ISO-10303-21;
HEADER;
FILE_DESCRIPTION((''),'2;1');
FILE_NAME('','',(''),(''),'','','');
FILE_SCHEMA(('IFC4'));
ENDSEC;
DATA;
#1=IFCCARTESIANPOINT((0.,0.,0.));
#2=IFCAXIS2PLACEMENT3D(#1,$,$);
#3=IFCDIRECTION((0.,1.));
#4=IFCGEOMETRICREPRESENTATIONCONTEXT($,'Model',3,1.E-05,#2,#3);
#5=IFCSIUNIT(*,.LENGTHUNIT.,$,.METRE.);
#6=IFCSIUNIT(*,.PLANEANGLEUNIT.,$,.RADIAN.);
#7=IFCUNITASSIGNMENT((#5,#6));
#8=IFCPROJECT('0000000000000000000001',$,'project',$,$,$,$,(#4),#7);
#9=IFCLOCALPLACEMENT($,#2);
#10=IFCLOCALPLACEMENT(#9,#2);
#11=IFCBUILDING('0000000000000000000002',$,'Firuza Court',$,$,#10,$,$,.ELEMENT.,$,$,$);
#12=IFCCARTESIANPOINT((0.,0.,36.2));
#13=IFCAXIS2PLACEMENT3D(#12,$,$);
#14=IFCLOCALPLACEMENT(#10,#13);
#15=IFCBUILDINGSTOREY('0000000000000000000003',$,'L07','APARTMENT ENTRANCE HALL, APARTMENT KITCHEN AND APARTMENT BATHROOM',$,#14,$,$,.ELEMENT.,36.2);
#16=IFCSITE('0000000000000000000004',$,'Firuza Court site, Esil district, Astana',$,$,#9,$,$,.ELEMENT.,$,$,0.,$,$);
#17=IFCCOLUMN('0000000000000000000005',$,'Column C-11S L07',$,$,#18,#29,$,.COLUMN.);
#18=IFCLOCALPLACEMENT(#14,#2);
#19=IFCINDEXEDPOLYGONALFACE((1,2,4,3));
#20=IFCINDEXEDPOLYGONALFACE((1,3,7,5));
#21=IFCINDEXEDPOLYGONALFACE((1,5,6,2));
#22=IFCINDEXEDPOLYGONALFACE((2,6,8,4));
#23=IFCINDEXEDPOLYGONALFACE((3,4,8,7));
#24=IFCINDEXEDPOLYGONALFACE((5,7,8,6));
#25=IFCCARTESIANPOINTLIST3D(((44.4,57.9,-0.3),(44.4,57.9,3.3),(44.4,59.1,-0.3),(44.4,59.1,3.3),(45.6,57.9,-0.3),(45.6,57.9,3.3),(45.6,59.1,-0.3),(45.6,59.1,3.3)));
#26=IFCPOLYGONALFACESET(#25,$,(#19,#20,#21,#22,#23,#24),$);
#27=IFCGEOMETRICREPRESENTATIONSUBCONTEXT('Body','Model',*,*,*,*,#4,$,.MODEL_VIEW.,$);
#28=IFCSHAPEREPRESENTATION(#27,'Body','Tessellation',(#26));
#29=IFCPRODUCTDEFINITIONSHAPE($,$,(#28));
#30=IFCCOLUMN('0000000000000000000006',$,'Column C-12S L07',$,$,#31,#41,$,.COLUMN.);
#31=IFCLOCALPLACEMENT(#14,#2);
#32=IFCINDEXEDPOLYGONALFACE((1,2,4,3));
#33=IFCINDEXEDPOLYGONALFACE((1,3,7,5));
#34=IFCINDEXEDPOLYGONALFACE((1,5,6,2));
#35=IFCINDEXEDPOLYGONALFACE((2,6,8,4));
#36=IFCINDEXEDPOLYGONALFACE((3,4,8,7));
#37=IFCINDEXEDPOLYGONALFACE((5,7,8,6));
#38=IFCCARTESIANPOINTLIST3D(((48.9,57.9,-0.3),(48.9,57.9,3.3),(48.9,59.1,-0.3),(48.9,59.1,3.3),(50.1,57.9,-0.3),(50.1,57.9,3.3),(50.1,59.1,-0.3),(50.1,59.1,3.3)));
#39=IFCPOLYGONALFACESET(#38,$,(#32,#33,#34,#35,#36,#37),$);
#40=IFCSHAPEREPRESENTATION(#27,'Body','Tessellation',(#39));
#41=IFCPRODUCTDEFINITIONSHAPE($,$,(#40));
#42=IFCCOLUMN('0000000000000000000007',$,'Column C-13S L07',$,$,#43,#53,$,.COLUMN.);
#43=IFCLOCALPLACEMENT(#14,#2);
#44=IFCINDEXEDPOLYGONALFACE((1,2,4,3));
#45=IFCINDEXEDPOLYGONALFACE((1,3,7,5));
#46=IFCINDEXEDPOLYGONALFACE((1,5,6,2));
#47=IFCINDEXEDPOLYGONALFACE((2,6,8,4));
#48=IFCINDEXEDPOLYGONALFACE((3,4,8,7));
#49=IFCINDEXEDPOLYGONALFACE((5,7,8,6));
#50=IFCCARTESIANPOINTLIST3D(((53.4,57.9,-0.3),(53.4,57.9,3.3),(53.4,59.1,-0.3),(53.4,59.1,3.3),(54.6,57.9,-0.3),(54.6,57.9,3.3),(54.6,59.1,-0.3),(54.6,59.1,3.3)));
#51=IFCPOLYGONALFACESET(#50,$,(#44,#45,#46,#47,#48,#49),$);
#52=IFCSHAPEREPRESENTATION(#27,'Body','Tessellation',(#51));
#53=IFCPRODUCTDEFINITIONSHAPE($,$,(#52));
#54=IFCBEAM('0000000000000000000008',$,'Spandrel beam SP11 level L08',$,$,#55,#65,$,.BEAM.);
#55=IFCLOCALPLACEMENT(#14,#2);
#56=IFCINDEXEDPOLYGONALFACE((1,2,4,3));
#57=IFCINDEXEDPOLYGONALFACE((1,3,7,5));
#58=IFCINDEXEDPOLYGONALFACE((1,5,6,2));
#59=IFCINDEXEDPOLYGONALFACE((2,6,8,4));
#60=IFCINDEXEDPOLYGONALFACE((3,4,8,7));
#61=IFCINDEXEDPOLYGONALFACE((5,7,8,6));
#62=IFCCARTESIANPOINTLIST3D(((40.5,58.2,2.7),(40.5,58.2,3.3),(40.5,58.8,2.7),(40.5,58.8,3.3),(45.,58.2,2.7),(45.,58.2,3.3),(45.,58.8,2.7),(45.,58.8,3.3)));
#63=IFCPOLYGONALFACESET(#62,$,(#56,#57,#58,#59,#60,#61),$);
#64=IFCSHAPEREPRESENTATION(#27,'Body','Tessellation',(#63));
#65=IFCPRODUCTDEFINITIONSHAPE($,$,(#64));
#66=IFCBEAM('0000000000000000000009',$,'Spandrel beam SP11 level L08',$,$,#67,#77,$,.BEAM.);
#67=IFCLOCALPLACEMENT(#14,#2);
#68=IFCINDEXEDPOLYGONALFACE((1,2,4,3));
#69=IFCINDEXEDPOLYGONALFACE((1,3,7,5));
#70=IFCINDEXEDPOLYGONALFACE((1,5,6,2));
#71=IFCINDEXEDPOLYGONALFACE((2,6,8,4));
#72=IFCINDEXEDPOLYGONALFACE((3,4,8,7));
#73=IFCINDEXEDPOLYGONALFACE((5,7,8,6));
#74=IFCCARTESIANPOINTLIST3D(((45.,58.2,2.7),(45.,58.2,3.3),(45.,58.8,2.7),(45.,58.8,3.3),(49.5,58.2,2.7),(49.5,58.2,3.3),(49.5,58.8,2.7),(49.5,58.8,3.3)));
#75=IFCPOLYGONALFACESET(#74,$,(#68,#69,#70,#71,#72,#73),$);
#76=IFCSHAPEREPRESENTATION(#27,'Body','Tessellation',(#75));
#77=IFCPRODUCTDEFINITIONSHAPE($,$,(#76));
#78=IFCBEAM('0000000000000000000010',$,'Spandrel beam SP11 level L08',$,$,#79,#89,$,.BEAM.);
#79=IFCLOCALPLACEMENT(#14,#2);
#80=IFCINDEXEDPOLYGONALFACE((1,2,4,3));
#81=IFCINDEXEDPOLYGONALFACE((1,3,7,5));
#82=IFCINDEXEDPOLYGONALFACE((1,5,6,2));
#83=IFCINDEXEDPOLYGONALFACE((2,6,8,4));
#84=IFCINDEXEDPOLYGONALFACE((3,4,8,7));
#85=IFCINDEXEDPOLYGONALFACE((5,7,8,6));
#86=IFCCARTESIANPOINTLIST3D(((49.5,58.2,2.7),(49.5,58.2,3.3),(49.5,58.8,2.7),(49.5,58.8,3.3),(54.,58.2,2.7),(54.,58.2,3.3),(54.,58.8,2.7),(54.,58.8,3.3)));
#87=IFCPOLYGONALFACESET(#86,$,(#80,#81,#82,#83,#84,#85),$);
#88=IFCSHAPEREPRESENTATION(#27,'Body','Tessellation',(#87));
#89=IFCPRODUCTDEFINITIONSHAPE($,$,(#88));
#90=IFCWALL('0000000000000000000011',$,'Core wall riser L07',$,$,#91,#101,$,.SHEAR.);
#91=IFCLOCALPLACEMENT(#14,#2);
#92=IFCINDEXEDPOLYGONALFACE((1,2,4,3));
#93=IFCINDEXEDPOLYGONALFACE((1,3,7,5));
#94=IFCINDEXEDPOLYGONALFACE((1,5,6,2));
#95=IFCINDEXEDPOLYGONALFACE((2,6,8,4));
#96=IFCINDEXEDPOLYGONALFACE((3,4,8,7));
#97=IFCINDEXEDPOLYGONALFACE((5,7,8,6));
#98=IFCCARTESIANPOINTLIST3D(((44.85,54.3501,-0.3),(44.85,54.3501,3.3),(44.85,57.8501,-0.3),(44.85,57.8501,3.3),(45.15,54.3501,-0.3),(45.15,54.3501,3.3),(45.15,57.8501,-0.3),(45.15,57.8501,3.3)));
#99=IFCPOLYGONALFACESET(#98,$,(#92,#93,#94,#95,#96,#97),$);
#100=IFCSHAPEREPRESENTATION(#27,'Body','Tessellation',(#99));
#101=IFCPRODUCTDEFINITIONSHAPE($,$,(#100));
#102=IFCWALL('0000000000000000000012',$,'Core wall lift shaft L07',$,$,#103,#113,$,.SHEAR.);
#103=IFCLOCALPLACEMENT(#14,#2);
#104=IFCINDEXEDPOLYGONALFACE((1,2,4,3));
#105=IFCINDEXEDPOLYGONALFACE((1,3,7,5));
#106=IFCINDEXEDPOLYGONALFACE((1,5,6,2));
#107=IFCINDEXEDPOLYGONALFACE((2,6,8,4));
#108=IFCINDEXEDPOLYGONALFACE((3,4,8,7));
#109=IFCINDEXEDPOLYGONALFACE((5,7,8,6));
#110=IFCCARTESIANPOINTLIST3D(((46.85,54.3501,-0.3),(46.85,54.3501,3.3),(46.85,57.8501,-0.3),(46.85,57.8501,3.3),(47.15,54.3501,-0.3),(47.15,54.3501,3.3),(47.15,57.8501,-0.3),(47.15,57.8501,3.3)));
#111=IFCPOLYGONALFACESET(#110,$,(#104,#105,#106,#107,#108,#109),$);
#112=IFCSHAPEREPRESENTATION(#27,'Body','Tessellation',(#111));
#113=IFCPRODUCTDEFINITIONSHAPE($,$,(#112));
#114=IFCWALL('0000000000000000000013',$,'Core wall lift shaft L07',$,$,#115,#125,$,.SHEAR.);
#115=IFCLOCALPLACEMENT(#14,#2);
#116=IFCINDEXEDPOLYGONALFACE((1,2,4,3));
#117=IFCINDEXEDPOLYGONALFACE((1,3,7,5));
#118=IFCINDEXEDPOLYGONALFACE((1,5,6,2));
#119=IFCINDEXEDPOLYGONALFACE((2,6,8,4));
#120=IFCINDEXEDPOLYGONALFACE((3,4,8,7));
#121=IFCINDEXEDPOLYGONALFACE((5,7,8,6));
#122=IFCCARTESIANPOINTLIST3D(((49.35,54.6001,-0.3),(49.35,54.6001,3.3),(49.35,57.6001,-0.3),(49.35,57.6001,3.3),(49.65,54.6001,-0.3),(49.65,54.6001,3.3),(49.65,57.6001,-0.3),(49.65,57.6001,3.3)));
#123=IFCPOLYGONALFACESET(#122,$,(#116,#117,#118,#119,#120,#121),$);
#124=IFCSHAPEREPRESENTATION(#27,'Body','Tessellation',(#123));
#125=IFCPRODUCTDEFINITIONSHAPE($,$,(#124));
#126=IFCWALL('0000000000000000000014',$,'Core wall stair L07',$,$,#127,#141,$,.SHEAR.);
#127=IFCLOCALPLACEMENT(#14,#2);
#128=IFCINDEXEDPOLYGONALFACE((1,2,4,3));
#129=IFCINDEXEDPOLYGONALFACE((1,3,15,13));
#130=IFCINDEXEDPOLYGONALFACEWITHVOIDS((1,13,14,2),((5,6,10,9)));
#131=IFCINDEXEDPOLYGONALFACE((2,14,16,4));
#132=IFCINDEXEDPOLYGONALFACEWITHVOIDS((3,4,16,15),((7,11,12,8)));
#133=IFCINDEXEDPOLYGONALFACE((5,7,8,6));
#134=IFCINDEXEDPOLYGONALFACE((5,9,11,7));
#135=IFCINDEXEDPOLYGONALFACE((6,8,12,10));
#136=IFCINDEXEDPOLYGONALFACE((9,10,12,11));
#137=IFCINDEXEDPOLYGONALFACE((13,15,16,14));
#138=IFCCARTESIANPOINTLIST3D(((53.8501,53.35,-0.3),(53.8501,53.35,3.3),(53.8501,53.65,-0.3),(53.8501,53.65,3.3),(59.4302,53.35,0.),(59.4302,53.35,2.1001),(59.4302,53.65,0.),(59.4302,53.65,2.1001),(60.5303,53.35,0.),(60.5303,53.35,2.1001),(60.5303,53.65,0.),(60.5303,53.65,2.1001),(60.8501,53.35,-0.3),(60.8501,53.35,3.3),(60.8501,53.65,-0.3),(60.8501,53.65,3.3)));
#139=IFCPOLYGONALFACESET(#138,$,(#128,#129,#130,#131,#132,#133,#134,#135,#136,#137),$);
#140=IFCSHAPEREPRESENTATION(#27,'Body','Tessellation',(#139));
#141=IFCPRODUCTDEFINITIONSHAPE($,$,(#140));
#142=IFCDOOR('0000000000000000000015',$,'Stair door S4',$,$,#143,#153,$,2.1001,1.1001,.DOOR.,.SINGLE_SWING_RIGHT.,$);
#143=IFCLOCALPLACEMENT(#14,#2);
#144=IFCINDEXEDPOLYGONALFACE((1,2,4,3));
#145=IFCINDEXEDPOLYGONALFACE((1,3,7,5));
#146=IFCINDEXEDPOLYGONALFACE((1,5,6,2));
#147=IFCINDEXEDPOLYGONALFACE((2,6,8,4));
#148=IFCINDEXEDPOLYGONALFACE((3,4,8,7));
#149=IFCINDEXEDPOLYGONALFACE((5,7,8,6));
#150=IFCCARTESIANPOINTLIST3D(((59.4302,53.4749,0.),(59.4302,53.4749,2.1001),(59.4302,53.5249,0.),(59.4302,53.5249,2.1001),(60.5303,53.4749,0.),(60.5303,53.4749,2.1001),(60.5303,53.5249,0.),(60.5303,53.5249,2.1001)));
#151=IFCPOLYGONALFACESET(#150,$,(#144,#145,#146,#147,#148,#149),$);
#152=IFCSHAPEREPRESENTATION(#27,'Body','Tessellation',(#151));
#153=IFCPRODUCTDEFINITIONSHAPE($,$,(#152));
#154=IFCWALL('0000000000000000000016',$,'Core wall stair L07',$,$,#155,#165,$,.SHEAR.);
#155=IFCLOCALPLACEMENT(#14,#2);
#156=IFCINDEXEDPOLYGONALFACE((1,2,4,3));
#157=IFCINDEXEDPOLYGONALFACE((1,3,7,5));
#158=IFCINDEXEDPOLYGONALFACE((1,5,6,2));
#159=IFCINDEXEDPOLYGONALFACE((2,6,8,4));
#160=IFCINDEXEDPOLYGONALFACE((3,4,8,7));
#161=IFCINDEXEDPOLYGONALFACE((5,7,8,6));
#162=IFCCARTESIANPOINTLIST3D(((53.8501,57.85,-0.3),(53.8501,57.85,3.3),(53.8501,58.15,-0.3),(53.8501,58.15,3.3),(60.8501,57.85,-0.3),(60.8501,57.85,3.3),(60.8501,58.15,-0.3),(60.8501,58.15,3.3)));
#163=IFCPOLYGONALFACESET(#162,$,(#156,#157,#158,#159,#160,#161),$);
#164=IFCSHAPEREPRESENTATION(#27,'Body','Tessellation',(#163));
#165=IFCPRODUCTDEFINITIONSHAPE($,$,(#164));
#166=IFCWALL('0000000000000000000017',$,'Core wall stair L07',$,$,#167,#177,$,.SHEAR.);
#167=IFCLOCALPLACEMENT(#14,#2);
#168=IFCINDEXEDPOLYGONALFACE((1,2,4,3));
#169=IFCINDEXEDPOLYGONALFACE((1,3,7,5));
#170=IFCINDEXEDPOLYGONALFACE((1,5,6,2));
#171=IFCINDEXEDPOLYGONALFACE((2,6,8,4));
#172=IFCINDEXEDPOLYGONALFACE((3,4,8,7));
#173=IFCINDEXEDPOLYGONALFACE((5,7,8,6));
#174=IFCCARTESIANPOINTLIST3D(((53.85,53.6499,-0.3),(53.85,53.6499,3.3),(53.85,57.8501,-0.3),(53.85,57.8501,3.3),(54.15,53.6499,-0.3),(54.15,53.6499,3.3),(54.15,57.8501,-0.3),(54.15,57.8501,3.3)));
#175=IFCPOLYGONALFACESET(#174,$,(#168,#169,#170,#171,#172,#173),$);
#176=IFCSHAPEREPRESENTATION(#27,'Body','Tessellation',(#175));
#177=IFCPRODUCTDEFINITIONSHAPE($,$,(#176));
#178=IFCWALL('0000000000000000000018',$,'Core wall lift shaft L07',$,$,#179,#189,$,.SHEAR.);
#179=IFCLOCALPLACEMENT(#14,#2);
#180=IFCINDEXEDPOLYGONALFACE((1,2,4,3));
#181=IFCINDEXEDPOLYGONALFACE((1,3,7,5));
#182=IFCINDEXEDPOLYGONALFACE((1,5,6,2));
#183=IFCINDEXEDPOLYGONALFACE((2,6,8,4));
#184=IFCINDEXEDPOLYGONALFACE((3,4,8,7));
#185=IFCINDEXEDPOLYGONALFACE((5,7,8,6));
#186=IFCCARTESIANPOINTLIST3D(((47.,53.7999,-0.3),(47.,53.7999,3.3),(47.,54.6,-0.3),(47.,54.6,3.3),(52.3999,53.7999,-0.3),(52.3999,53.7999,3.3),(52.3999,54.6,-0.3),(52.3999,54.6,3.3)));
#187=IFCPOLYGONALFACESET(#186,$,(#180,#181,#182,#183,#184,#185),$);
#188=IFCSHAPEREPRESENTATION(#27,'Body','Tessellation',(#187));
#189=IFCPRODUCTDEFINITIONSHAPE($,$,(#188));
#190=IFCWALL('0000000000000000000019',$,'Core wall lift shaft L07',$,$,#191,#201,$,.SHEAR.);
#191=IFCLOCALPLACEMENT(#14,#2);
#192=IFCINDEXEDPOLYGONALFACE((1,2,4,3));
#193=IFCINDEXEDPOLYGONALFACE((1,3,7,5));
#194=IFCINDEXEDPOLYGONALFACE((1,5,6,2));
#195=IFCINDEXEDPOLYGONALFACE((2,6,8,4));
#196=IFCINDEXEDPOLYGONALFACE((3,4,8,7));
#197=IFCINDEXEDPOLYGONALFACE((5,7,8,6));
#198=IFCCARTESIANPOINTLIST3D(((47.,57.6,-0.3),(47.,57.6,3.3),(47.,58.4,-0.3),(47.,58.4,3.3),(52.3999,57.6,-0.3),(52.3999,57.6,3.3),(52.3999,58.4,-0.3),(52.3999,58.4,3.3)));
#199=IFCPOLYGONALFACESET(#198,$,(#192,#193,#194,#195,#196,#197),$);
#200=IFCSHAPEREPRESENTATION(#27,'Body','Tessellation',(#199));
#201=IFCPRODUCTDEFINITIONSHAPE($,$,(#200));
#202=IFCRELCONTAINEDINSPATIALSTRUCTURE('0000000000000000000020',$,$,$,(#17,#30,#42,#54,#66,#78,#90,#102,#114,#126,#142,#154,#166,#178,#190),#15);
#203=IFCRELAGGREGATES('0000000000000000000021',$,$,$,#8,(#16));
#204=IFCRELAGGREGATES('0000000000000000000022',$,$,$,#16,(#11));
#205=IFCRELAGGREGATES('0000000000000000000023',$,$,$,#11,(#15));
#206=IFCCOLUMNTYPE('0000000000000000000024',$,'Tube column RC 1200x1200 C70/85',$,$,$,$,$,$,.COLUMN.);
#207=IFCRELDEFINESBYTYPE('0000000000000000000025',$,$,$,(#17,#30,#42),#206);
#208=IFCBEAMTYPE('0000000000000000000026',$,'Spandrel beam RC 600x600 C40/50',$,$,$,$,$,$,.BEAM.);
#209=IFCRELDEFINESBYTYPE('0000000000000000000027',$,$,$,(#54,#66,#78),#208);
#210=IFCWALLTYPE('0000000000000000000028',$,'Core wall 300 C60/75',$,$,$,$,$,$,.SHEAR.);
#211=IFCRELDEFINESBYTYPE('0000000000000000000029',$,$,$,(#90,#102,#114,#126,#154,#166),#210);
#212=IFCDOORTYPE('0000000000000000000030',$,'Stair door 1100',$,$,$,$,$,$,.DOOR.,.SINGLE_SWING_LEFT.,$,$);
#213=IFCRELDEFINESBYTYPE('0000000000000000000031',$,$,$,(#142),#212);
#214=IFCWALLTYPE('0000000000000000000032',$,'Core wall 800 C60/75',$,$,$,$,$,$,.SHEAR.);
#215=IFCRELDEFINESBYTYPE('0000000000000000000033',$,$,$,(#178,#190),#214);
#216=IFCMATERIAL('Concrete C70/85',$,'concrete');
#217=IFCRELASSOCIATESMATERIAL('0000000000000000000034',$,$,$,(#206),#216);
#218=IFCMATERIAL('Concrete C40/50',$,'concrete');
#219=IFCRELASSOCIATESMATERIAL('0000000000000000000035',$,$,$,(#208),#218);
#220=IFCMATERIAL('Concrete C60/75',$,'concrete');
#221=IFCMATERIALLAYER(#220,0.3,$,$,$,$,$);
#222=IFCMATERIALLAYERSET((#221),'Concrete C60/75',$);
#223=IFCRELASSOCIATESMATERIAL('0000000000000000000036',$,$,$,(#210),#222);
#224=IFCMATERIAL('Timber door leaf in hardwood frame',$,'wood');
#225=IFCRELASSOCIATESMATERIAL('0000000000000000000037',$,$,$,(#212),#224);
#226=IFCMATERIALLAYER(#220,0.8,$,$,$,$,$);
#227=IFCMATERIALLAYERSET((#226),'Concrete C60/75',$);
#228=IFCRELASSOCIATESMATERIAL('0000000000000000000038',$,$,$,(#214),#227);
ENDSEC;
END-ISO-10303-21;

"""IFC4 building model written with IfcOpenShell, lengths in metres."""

from ifc_helpers import new_model, si_unit, direction, frame, frame_2d, origin, origin_2d, place, context, subcontext, project, spatial, rectangle, extrude, material, layer, layer_set, material_profile, profile_set, type_object, element, fill, save


model = new_model("IFC4")

# Units and contexts
model_context = context("Model", 3, precision=1e-05, world=origin(), true_north=direction((0.0, 1.0)))
body_context = subcontext(model_context, "Body", "Model", "MODEL_VIEW")
ifc_project = project(units=[si_unit("LENGTHUNIT", "METRE"), si_unit("PLANEANGLEUNIT", "RADIAN")], contexts=[model_context])

# Site, building, storey
site_placement = place(None, origin())
site = spatial("IfcSite", under=ifc_project, at=site_placement, Name="Firuza Court site, Esil district, Astana", CompositionType="ELEMENT", RefElevation=0.0)
building_placement = place(site_placement, origin())
building = spatial("IfcBuilding", under=site, at=building_placement, Name="Firuza Court", CompositionType="ELEMENT")
storey_placement = place(building_placement, frame((0.0, 0.0, 36.2)))
storey = spatial("IfcBuildingStorey", under=building, at=storey_placement, Name="L07", Description="APARTMENT ENTRANCE HALL, APARTMENT KITCHEN AND APARTMENT BATHROOM", CompositionType="ELEMENT", Elevation=36.2)

# Columns
ifc_material_1 = material(Name="Concrete C70/85", Category="concrete")
ifc_material_profile_1 = material_profile(ifc_material_1, rectangle(XDim=1.2, YDim=1.2, at=origin_2d()), Name="RC 1200x1200")
ifc_profile_set_1 = profile_set([ifc_material_profile_1], Name="Concrete C70/85")
column_type = type_object("IfcColumnType", Name="Tube column RC 1200x1200 C70/85", PredefinedType="COLUMN", material=ifc_profile_set_1)
for number, where, z_axis, x_axis, name in (
    (1, (45.0, 58.5, -0.3), (0.0, 0.0, 1.0), (1.0, 0.0, 0.0), "Column C-11S L07"),
    (2, (49.5, 58.5, -0.3), (0.0, 0.0, 1.0), (1.0, 0.0, 0.0), "Column C-12S L07"),
    (3, (54.0, 58.5, -0.3), (0.0, 0.0, 1.0), (1.0, 0.0, 0.0), "Column C-13S L07"),
):
    element("IfcColumn", number, at=place(storey_placement, frame(where, z_axis=z_axis, x_axis=x_axis)), inside=storey, type_object=column_type, Name=name, PredefinedType="COLUMN", context=body_context, shape_type="SweptSolid", body=[
        extrude(rectangle(XDim=1.2, YDim=1.2, at=origin_2d()), origin(), (0.0, 0.0, 1.0), 3.6001),
    ])

# Beams
ifc_material_2 = material(Name="Concrete C40/50", Category="concrete")
ifc_material_profile_2 = material_profile(ifc_material_2, rectangle(XDim=0.6001, YDim=0.6001, at=origin_2d()), Name="RC 600x600")
ifc_profile_set_2 = profile_set([ifc_material_profile_2], Name="Concrete C40/50")
beam_type = type_object("IfcBeamType", Name="Spandrel beam RC 600x600 C40/50", PredefinedType="BEAM", material=ifc_profile_set_2)
for number, where, z_axis, x_axis, name in (
    (4, (45.0, 58.5, 3.0), (-1.0, 0.0, 0.0), (0.0, -1.0, 0.0), "Spandrel beam SP11 level L08"),
    (5, (49.5, 58.5, 3.0), (-1.0, 0.0, 0.0), (0.0, -1.0, 0.0), "Spandrel beam SP11 level L08"),
    (6, (54.0, 58.5, 3.0), (-1.0, 0.0, 0.0), (0.0, -1.0, 0.0), "Spandrel beam SP11 level L08"),
):
    element("IfcBeam", number, at=place(storey_placement, frame(where, z_axis=z_axis, x_axis=x_axis)), inside=storey, type_object=beam_type, Name=name, PredefinedType="BEAM", context=body_context, shape_type="SweptSolid", body=[
        extrude(rectangle(XDim=0.6001, YDim=0.6001, at=origin_2d()), origin(), (0.0, 0.0, 1.0), 4.5),
    ])

# Walls
ifc_material_3 = material(Name="Concrete C60/75", Category="concrete")
ifc_layer_1 = layer(ifc_material_3, 0.3)
ifc_layer_set_1 = layer_set([ifc_layer_1], Name="Concrete C60/75")
wall_type_1 = type_object("IfcWallType", Name="Core wall 300 C60/75", PredefinedType="SHEAR", material=ifc_layer_set_1)
for number, where, z_axis, x_axis, name in (
    (7, (45.0, 54.3501, -0.3), (0.0, 0.0, 1.0), (0.0, 1.0, 0.0), "Core wall riser L07"),
    (8, (47.0, 54.3501, -0.3), (0.0, 0.0, 1.0), (0.0, 1.0, 0.0), "Core wall lift shaft L07"),
):
    element("IfcWall", number, at=place(storey_placement, frame(where, z_axis=z_axis, x_axis=x_axis)), inside=storey, type_object=wall_type_1, Name=name, PredefinedType="SHEAR", context=body_context, shape_type="SweptSolid", body=[
        extrude(rectangle(XDim=3.5, YDim=0.3, at=frame_2d((1.75, 0.0))), origin(), (0.0, 0.0, 1.0), 3.6001),
    ])
wall_1_placement = place(storey_placement, frame((49.5, 54.6001, -0.3), z_axis=(0.0, 0.0, 1.0), x_axis=(0.0, 1.0, 0.0)))
element("IfcWall", 9, at=wall_1_placement, inside=storey, type_object=wall_type_1, Name="Core wall lift shaft L07", PredefinedType="SHEAR", context=body_context, shape_type="SweptSolid", body=[
    extrude(rectangle(XDim=3.0, YDim=0.3, at=frame_2d((1.5, 0.0))), origin(), (0.0, 0.0, 1.0), 3.6001),
])

# Wall, opening, door
wall_2_placement = place(storey_placement, frame((53.8501, 53.5, -0.3), z_axis=(0.0, 0.0, 1.0), x_axis=(1.0, 0.0, 0.0)))
wall_2 = element("IfcWall", 10, at=wall_2_placement, inside=storey, type_object=wall_type_1, Name="Core wall stair L07", PredefinedType="SHEAR", context=body_context, shape_type="SweptSolid", body=[
    extrude(rectangle(XDim=7.0, YDim=0.3, at=frame_2d((3.5, 0.0))), origin(), (0.0, 0.0, 1.0), 3.6001),
])
opening_1_placement = place(wall_2_placement, frame((5.5801, 0.0, 0.3)))
opening_1 = element("IfcOpeningElement", 11, at=opening_1_placement, cuts=wall_2, PredefinedType="OPENING", context=body_context, shape_type="SweptSolid", body=[
    extrude(rectangle(XDim=1.1001, YDim=2.1001, at=frame_2d((0.55, 1.05))), frame((0.0, 0.1621, 0.0), z_axis=(0.0, -1.0, 0.0), x_axis=(1.0, 0.0, 0.0)), (0.0, 0.0, 1.0), 0.324),
])
ifc_material_4 = material(Name="Timber door leaf in hardwood frame", Category="wood")
door_type_1 = type_object("IfcDoorType", Name="Stair door 1100", OperationType="SINGLE_SWING_LEFT", PredefinedType="DOOR", material=ifc_material_4)
door_1_placement = place(opening_1_placement, origin())
door_1 = element("IfcDoor", 12, at=door_1_placement, inside=storey, type_object=door_type_1, Name="Stair door S4", OperationType="SINGLE_SWING_RIGHT", OverallHeight=2.1001, OverallWidth=1.1001, PredefinedType="DOOR", context=body_context, shape_type="SweptSolid", body=[
    extrude(rectangle(XDim=1.1001, YDim=2.1001, at=frame_2d((0.55, 1.05))), frame((0.0, 0.0249, 0.0), z_axis=(0.0, -1.0, 0.0), x_axis=(1.0, 0.0, 0.0)), (0.0, 0.0, 1.0), 0.05),
])
fill(opening_1, door_1)

# Walls
wall_3_placement = place(storey_placement, frame((53.8501, 58.0, -0.3), z_axis=(0.0, 0.0, 1.0), x_axis=(1.0, 0.0, 0.0)))
element("IfcWall", 13, at=wall_3_placement, inside=storey, type_object=wall_type_1, Name="Core wall stair L07", PredefinedType="SHEAR", context=body_context, shape_type="SweptSolid", body=[
    extrude(rectangle(XDim=7.0, YDim=0.3, at=frame_2d((3.5, 0.0))), origin(), (0.0, 0.0, 1.0), 3.6001),
])
wall_4_placement = place(storey_placement, frame((54.0, 53.6499, -0.3), z_axis=(0.0, 0.0, 1.0), x_axis=(0.0, 1.0, 0.0)))
element("IfcWall", 14, at=wall_4_placement, inside=storey, type_object=wall_type_1, Name="Core wall stair L07", PredefinedType="SHEAR", context=body_context, shape_type="SweptSolid", body=[
    extrude(rectangle(XDim=4.2002, YDim=0.3, at=frame_2d((2.1001, 0.0))), origin(), (0.0, 0.0, 1.0), 3.6001),
])
ifc_layer_2 = layer(ifc_material_3, 0.8)
ifc_layer_set_2 = layer_set([ifc_layer_2], Name="Concrete C60/75")
wall_type_2 = type_object("IfcWallType", Name="Core wall 800 C60/75", PredefinedType="SHEAR", material=ifc_layer_set_2)
for number, where, z_axis, x_axis, name in (
    (15, (47.0, 54.2, -0.3), (0.0, 0.0, 1.0), (1.0, 0.0, 0.0), "Core wall lift shaft L07"),
    (16, (47.0, 58.0, -0.3), (0.0, 0.0, 1.0), (1.0, 0.0, 0.0), "Core wall lift shaft L07"),
):
    element("IfcWall", number, at=place(storey_placement, frame(where, z_axis=z_axis, x_axis=x_axis)), inside=storey, type_object=wall_type_2, Name=name, PredefinedType="SHEAR", context=body_context, shape_type="SweptSolid", body=[
        extrude(rectangle(XDim=5.3999, YDim=0.8, at=frame_2d((2.7, 0.0))), origin(), (0.0, 0.0, 1.0), 3.6001),
    ])

save(model, "model.ifc")
